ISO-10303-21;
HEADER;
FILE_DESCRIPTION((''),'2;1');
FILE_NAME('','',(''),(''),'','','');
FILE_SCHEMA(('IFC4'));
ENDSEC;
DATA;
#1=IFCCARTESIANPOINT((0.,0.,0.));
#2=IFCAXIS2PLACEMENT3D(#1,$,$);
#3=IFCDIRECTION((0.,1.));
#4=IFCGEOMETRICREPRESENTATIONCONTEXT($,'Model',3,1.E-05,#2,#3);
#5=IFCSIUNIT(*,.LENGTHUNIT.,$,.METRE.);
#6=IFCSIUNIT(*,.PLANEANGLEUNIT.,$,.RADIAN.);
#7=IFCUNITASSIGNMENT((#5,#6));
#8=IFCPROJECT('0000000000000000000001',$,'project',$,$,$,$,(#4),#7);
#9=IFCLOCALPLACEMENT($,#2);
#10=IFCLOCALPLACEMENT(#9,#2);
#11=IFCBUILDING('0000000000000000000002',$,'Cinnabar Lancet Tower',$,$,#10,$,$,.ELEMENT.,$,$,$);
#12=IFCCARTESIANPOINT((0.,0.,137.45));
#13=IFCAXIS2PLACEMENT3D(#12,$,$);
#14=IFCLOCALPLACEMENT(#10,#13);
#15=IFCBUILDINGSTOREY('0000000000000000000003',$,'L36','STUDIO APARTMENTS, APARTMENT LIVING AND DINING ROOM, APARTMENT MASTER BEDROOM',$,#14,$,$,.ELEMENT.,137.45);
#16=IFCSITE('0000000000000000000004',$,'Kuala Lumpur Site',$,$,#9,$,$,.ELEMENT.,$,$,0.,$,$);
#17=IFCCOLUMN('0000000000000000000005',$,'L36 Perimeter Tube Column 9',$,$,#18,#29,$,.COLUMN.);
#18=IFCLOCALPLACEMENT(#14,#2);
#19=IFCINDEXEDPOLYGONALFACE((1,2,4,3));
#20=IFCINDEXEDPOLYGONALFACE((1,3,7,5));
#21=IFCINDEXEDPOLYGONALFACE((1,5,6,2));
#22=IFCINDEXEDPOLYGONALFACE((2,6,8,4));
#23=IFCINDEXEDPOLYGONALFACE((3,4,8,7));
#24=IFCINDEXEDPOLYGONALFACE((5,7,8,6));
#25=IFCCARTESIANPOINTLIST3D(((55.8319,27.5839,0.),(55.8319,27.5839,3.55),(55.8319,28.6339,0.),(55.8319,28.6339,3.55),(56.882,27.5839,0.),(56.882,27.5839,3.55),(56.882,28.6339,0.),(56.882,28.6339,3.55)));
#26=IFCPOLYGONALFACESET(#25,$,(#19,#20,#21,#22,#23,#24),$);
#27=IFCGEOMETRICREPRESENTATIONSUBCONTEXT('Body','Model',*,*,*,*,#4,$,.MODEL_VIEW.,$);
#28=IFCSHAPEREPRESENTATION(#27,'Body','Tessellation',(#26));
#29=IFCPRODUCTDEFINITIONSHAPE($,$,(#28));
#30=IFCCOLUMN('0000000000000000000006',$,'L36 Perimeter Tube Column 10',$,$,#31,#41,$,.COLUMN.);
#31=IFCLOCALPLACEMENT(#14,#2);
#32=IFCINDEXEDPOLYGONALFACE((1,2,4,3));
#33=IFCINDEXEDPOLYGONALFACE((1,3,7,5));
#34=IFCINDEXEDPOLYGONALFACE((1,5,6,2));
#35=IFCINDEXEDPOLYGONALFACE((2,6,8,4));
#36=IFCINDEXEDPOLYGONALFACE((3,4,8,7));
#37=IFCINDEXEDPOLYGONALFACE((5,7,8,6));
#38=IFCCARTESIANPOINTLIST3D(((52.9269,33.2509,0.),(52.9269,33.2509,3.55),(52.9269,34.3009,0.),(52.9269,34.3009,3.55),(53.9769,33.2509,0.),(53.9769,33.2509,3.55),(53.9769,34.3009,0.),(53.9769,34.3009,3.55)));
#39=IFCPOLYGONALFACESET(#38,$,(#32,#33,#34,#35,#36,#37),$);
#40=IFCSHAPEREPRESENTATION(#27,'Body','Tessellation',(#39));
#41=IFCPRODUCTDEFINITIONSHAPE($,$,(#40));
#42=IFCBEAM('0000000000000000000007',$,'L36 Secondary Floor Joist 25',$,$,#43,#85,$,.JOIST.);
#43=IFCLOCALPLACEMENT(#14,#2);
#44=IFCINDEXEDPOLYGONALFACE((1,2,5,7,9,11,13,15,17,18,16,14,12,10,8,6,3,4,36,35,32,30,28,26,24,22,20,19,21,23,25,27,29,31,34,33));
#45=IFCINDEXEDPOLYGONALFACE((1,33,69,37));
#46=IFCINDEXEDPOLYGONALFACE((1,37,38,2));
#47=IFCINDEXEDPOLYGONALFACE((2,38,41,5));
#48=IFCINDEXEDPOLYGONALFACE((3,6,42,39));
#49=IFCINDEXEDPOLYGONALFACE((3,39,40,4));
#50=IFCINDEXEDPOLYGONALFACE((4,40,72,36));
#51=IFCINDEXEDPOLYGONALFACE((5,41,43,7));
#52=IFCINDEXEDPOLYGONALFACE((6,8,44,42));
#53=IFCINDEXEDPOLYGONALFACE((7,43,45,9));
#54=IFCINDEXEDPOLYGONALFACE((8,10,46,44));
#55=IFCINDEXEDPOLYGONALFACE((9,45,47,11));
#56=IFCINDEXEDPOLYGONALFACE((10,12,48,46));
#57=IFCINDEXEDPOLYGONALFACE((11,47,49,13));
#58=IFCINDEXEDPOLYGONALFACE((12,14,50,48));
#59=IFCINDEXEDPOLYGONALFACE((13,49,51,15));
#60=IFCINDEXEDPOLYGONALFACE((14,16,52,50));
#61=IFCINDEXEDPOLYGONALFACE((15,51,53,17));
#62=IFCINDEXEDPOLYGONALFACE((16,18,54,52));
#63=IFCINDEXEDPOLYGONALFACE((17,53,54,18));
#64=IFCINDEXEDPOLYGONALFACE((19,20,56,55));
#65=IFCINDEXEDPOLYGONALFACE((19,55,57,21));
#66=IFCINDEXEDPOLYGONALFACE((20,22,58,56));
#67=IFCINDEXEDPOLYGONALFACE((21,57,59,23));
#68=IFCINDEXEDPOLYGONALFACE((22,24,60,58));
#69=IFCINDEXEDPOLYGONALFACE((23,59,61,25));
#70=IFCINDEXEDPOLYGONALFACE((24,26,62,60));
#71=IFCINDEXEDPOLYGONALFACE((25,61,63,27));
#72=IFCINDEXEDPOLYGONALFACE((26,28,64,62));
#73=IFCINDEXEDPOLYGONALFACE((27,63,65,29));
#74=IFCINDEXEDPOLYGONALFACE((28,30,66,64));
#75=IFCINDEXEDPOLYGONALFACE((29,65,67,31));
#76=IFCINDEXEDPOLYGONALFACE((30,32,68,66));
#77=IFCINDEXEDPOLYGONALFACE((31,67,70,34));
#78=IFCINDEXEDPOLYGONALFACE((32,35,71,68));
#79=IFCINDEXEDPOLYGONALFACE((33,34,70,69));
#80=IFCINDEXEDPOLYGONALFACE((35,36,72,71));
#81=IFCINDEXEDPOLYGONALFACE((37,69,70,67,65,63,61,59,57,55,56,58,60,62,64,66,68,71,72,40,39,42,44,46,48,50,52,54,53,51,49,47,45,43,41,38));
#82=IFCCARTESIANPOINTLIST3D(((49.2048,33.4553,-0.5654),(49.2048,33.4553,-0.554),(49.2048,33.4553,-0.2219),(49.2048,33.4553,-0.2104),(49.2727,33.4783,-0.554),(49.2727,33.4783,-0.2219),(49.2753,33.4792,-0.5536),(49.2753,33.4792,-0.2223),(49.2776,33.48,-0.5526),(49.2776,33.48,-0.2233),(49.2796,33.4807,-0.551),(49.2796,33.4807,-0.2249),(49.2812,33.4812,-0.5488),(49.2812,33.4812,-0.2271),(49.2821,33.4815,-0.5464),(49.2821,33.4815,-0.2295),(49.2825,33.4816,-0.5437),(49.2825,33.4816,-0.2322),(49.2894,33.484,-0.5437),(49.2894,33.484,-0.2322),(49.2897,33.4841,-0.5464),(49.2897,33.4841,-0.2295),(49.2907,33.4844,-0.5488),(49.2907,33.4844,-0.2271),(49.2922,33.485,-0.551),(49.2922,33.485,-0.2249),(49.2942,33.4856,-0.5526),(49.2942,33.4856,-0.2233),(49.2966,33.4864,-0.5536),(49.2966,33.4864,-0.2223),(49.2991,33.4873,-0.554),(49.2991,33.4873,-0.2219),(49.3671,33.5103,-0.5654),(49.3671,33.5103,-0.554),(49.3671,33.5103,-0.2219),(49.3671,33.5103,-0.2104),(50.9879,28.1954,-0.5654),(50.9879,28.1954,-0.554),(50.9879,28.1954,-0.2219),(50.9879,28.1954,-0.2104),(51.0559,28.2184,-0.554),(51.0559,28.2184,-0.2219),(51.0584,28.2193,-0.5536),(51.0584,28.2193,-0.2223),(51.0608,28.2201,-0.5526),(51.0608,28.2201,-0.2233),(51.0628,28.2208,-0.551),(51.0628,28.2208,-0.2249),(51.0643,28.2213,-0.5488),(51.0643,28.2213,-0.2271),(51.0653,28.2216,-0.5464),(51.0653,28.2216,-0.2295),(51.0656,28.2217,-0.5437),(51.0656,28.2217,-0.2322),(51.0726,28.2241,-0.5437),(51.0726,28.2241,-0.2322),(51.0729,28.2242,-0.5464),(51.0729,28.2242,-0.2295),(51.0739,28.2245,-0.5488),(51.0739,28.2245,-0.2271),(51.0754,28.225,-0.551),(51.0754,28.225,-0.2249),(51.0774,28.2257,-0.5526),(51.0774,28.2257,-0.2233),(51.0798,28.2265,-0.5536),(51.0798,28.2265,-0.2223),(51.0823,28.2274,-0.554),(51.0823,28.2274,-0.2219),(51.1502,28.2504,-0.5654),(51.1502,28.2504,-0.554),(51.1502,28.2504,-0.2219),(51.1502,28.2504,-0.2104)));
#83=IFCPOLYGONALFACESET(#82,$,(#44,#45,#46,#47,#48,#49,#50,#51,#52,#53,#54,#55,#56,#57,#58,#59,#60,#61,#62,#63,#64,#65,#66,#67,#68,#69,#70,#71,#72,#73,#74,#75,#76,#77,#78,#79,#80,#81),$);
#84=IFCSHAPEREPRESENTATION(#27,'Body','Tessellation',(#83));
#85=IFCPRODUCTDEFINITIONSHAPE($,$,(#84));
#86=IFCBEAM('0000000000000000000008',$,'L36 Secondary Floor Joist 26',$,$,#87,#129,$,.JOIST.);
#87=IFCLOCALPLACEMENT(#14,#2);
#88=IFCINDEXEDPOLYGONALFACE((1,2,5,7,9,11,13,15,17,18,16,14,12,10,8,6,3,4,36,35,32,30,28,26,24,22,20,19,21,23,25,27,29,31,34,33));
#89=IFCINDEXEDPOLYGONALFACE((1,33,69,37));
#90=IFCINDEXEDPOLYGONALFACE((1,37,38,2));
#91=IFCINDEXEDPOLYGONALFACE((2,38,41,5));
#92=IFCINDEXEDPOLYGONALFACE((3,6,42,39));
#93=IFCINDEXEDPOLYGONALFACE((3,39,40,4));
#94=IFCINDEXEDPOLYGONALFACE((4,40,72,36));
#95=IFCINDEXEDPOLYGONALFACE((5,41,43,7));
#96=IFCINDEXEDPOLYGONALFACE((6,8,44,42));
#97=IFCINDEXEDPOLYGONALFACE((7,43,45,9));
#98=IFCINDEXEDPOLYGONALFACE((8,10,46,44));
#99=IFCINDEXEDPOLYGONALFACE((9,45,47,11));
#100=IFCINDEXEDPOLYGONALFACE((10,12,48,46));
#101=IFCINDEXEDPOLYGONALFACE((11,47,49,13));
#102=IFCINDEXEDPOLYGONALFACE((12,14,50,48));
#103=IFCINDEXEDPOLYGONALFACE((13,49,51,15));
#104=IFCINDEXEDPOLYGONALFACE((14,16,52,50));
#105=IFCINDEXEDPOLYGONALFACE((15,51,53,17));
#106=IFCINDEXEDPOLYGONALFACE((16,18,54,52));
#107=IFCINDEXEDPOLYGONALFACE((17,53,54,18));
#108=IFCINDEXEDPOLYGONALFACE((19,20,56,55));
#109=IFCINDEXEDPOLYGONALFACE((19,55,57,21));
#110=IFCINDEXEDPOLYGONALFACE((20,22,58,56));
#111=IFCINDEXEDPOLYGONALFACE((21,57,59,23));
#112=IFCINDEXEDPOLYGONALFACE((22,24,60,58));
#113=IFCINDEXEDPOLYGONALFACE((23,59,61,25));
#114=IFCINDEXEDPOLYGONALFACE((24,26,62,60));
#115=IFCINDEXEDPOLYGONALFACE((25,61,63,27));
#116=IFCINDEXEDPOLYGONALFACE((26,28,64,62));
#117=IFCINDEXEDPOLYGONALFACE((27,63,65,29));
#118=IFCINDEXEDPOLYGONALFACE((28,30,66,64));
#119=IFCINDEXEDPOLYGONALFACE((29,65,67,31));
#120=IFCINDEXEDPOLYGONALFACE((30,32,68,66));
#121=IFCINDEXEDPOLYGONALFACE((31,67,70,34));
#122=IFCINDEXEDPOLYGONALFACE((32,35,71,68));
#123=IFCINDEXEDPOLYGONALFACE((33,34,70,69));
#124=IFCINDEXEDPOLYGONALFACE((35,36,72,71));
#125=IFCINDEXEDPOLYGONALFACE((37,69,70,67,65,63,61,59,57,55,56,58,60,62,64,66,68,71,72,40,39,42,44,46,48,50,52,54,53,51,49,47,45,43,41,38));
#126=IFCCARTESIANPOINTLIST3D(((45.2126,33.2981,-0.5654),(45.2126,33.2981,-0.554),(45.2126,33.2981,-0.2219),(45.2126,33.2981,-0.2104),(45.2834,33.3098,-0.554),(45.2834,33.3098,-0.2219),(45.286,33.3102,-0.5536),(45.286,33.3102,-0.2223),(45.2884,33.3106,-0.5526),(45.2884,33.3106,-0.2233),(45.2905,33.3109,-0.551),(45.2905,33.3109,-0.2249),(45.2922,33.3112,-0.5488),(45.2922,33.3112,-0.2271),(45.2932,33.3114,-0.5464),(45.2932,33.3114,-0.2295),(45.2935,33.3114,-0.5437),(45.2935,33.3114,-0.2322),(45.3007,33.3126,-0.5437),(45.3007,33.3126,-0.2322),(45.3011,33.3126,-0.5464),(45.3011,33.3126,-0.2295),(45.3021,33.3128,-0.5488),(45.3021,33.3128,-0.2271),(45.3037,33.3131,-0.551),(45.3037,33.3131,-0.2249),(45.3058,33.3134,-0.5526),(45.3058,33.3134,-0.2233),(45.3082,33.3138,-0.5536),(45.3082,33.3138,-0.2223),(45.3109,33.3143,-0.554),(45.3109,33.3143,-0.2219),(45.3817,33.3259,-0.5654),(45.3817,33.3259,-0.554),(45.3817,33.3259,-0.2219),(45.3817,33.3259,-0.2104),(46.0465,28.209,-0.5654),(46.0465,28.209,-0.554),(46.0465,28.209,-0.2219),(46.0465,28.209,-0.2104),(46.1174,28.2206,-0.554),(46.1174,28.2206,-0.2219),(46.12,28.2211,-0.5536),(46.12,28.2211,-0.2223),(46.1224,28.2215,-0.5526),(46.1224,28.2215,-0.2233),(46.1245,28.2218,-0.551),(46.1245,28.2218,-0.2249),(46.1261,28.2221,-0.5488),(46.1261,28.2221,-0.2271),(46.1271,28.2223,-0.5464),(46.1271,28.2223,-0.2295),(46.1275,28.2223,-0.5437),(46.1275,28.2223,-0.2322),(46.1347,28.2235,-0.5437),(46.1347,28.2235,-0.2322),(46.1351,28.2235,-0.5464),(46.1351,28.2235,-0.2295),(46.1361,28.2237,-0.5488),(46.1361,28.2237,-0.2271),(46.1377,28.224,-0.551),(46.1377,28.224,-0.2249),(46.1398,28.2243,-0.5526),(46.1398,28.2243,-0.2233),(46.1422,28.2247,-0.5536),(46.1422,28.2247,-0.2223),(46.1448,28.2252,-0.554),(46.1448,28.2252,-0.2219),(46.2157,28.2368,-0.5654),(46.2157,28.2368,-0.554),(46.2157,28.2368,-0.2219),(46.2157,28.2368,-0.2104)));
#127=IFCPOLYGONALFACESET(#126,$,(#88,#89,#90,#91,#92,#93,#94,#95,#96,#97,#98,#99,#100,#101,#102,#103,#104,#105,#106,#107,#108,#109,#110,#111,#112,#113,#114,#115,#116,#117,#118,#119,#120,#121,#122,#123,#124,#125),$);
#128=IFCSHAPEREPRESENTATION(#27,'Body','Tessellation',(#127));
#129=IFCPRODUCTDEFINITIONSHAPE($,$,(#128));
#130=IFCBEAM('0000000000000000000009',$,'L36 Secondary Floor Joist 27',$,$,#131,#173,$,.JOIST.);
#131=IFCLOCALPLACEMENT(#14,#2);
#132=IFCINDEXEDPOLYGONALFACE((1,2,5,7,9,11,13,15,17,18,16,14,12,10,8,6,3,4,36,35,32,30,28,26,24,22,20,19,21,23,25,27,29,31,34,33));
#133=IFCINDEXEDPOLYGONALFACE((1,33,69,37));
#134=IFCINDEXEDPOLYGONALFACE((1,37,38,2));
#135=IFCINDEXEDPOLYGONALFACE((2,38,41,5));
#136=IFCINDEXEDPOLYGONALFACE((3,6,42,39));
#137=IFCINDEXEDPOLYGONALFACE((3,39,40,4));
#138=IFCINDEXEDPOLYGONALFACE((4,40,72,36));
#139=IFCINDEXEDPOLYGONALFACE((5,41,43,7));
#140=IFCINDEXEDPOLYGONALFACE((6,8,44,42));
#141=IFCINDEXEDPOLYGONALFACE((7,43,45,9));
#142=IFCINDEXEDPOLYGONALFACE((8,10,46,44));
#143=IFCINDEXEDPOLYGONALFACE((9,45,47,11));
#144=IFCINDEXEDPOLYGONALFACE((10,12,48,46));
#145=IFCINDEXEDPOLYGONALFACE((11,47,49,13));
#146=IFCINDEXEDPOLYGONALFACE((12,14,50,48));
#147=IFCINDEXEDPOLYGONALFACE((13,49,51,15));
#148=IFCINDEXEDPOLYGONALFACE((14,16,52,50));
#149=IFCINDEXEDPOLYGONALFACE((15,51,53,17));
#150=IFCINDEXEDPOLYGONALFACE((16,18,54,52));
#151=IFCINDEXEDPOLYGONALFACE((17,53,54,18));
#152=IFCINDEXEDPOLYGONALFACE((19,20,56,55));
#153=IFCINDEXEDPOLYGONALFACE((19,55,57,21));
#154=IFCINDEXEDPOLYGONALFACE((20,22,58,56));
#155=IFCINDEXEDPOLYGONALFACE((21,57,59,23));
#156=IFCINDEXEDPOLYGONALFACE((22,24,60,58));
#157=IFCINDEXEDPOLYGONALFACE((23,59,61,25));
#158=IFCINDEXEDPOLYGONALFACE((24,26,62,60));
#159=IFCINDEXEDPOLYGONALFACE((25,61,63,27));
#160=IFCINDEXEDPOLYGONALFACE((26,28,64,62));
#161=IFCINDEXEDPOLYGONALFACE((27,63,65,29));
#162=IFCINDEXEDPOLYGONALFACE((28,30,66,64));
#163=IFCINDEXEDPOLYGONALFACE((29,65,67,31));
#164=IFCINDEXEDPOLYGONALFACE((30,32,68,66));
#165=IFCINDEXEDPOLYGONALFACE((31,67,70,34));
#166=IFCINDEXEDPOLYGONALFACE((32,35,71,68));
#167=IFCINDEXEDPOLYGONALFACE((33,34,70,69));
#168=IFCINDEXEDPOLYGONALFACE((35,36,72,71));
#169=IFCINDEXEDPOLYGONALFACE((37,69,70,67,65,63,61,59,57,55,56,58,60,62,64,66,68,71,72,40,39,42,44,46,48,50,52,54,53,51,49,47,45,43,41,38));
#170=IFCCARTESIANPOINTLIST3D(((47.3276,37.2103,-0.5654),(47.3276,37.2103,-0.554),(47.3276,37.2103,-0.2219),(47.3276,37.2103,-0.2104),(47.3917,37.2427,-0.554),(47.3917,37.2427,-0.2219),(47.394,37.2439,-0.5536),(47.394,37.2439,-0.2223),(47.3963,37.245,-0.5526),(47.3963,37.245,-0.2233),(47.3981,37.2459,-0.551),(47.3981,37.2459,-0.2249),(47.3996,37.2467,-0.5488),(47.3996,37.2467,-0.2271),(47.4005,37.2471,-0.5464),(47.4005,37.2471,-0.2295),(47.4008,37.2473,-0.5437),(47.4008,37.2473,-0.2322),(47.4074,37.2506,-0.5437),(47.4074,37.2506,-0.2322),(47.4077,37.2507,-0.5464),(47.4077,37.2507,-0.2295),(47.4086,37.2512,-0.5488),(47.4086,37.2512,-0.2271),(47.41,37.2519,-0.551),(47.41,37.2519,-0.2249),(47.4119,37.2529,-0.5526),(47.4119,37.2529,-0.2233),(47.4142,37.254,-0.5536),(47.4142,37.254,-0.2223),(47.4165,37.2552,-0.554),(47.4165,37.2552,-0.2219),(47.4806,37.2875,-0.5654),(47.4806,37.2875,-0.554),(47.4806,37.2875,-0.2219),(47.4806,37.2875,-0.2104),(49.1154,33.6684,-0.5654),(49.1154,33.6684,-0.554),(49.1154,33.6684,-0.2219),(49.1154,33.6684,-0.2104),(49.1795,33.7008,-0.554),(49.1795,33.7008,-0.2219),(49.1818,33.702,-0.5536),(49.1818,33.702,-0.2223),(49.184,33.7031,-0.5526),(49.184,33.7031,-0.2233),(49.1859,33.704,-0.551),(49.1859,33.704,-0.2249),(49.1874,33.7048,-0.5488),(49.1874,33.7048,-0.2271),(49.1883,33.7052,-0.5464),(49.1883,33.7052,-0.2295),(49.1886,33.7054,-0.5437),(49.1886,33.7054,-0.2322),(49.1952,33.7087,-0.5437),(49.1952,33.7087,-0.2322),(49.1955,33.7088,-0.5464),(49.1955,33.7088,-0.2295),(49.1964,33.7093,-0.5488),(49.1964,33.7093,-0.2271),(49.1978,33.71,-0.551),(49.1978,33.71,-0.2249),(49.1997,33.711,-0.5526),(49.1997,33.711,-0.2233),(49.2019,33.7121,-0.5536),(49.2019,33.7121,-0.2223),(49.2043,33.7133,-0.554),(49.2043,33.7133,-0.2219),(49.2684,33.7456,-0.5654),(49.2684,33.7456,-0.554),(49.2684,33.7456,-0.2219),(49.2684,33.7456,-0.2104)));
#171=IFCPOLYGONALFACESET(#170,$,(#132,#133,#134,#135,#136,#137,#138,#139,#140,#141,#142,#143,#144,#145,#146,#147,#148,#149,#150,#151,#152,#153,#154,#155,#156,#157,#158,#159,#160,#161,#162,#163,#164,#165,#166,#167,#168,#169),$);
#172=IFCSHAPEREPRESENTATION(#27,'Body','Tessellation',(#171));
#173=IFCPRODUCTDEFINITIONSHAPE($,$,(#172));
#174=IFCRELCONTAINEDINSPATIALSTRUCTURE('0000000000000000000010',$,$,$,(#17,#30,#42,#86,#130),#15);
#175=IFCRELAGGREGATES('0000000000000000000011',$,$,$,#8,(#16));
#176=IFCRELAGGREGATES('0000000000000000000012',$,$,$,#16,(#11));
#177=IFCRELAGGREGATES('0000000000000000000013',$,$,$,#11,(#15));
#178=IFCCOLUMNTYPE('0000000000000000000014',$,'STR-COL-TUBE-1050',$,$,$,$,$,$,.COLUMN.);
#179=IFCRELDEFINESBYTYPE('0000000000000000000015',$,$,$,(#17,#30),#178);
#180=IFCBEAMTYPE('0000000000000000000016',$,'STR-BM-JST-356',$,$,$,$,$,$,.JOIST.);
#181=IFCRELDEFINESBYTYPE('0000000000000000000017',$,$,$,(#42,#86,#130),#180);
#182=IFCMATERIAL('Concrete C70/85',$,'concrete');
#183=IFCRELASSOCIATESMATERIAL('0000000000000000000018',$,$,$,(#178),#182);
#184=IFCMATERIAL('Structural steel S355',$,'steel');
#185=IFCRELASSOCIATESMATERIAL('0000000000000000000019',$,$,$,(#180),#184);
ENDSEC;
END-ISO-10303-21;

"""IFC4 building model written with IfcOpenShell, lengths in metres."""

from ifc_helpers import new_model, si_unit, direction, frame, origin, origin_2d, place, context, subcontext, project, spatial, rectangle, i_section, extrude, material, material_profile, profile_set, type_object, element, save


model = new_model("IFC4")

# Units and contexts
model_context = context("Model", 3, precision=1e-05, world=origin(), true_north=direction((0.0, 1.0)))
body_context = subcontext(model_context, "Body", "Model", "MODEL_VIEW")
ifc_project = project(units=[si_unit("LENGTHUNIT", "METRE"), si_unit("PLANEANGLEUNIT", "RADIAN")], contexts=[model_context])

# Site, building, storey
site_placement = place(None, origin())
site = spatial("IfcSite", under=ifc_project, at=site_placement, Name="Kuala Lumpur Site", CompositionType="ELEMENT", RefElevation=0.0)
building_placement = place(site_placement, origin())
building = spatial("IfcBuilding", under=site, at=building_placement, Name="Cinnabar Lancet Tower", CompositionType="ELEMENT")
storey_placement = place(building_placement, frame((0.0, 0.0, 137.45)))
storey = spatial("IfcBuildingStorey", under=building, at=storey_placement, Name="L36", Description="STUDIO APARTMENTS, APARTMENT LIVING AND DINING ROOM, APARTMENT MASTER BEDROOM", CompositionType="ELEMENT", Elevation=137.45)

# Columns
ifc_material_1 = material(Name="Concrete C70/85", Category="concrete")
ifc_material_profile_1 = material_profile(ifc_material_1, rectangle(XDim=1.05, YDim=1.05, at=origin_2d()), Name="RC-COL 1050x1050")
ifc_profile_set_1 = profile_set([ifc_material_profile_1], Name="Concrete C70/85")
column_type = type_object("IfcColumnType", Name="STR-COL-TUBE-1050", PredefinedType="COLUMN", material=ifc_profile_set_1)
for number, where, z_axis, x_axis, name in (
    (1, (56.3569, 28.1089, 0.0), (0.0, 0.0, 1.0), (1.0, 0.0, 0.0), "L36 Perimeter Tube Column 9"),
    (2, (53.4519, 33.7759, 0.0), (0.0, 0.0, 1.0), (1.0, 0.0, 0.0), "L36 Perimeter Tube Column 10"),
):
    element("IfcColumn", number, at=place(storey_placement, frame(where, z_axis=z_axis, x_axis=x_axis)), inside=storey, type_object=column_type, Name=name, PredefinedType="COLUMN", context=body_context, shape_type="SweptSolid", body=[
        extrude(rectangle(XDim=1.05, YDim=1.05, at=origin_2d()), origin(), (0.0, 0.0, 1.0), 3.55),
    ])

# Beams
ifc_material_2 = material(Name="Structural steel S355", Category="steel")
ifc_material_profile_2 = material_profile(ifc_material_2, i_section(OverallWidth=0.1714, OverallDepth=0.355, WebThickness=0.0073, FlangeThickness=0.0115, FilletRadius=0.0103, at=origin_2d()), Name="UKB 356x171x51")
ifc_profile_set_2 = profile_set([ifc_material_profile_2], Name="Structural steel S355")
beam_type_1 = type_object("IfcBeamType", Name="STR-BM-JST-356", PredefinedType="JOIST", material=ifc_profile_set_2)
beam_1_placement = place(storey_placement, frame((51.0691, 28.2229, -0.3879), z_axis=(-0.321063, 0.947058, 0.0), x_axis=(-0.947058, -0.321063, 0.0)))
element("IfcBeam", 3, at=beam_1_placement, inside=storey, type_object=beam_type_1, Name="L36 Secondary Floor Joist 25", PredefinedType="JOIST", context=body_context, shape_type="SweptSolid", body=[
    extrude(i_section(OverallWidth=0.1714, OverallDepth=0.355, WebThickness=0.0073, FlangeThickness=0.0115, FilletRadius=0.0103, at=origin_2d()), origin(), (0.0, 0.0, 1.0), 5.554),
])
beam_2_placement = place(storey_placement, frame((46.1311, 28.2229, -0.3879), z_axis=(-0.161719, 0.986837, 0.0), x_axis=(-0.986837, -0.161719, 0.0)))
element("IfcBeam", 4, at=beam_2_placement, inside=storey, type_object=beam_type_1, Name="L36 Secondary Floor Joist 26", PredefinedType="JOIST", context=body_context, shape_type="SweptSolid", body=[
    extrude(i_section(OverallWidth=0.1714, OverallDepth=0.355, WebThickness=0.0073, FlangeThickness=0.0115, FilletRadius=0.0103, at=origin_2d()), origin(), (0.0, 0.0, 1.0), 5.157),
])
beam_3_placement = place(storey_placement, frame((49.1919, 33.707, -0.3879), z_axis=(-0.450607, 0.892722, 0.0), x_axis=(-0.892722, -0.450607, 0.0)))
element("IfcBeam", 5, at=beam_3_placement, inside=storey, type_object=beam_type_1, Name="L36 Secondary Floor Joist 27", PredefinedType="JOIST", context=body_context, shape_type="SweptSolid", body=[
    extrude(i_section(OverallWidth=0.1714, OverallDepth=0.355, WebThickness=0.0073, FlangeThickness=0.0115, FilletRadius=0.0103, at=origin_2d()), origin(), (0.0, 0.0, 1.0), 3.9675),
])

save(model, "model.ifc")
